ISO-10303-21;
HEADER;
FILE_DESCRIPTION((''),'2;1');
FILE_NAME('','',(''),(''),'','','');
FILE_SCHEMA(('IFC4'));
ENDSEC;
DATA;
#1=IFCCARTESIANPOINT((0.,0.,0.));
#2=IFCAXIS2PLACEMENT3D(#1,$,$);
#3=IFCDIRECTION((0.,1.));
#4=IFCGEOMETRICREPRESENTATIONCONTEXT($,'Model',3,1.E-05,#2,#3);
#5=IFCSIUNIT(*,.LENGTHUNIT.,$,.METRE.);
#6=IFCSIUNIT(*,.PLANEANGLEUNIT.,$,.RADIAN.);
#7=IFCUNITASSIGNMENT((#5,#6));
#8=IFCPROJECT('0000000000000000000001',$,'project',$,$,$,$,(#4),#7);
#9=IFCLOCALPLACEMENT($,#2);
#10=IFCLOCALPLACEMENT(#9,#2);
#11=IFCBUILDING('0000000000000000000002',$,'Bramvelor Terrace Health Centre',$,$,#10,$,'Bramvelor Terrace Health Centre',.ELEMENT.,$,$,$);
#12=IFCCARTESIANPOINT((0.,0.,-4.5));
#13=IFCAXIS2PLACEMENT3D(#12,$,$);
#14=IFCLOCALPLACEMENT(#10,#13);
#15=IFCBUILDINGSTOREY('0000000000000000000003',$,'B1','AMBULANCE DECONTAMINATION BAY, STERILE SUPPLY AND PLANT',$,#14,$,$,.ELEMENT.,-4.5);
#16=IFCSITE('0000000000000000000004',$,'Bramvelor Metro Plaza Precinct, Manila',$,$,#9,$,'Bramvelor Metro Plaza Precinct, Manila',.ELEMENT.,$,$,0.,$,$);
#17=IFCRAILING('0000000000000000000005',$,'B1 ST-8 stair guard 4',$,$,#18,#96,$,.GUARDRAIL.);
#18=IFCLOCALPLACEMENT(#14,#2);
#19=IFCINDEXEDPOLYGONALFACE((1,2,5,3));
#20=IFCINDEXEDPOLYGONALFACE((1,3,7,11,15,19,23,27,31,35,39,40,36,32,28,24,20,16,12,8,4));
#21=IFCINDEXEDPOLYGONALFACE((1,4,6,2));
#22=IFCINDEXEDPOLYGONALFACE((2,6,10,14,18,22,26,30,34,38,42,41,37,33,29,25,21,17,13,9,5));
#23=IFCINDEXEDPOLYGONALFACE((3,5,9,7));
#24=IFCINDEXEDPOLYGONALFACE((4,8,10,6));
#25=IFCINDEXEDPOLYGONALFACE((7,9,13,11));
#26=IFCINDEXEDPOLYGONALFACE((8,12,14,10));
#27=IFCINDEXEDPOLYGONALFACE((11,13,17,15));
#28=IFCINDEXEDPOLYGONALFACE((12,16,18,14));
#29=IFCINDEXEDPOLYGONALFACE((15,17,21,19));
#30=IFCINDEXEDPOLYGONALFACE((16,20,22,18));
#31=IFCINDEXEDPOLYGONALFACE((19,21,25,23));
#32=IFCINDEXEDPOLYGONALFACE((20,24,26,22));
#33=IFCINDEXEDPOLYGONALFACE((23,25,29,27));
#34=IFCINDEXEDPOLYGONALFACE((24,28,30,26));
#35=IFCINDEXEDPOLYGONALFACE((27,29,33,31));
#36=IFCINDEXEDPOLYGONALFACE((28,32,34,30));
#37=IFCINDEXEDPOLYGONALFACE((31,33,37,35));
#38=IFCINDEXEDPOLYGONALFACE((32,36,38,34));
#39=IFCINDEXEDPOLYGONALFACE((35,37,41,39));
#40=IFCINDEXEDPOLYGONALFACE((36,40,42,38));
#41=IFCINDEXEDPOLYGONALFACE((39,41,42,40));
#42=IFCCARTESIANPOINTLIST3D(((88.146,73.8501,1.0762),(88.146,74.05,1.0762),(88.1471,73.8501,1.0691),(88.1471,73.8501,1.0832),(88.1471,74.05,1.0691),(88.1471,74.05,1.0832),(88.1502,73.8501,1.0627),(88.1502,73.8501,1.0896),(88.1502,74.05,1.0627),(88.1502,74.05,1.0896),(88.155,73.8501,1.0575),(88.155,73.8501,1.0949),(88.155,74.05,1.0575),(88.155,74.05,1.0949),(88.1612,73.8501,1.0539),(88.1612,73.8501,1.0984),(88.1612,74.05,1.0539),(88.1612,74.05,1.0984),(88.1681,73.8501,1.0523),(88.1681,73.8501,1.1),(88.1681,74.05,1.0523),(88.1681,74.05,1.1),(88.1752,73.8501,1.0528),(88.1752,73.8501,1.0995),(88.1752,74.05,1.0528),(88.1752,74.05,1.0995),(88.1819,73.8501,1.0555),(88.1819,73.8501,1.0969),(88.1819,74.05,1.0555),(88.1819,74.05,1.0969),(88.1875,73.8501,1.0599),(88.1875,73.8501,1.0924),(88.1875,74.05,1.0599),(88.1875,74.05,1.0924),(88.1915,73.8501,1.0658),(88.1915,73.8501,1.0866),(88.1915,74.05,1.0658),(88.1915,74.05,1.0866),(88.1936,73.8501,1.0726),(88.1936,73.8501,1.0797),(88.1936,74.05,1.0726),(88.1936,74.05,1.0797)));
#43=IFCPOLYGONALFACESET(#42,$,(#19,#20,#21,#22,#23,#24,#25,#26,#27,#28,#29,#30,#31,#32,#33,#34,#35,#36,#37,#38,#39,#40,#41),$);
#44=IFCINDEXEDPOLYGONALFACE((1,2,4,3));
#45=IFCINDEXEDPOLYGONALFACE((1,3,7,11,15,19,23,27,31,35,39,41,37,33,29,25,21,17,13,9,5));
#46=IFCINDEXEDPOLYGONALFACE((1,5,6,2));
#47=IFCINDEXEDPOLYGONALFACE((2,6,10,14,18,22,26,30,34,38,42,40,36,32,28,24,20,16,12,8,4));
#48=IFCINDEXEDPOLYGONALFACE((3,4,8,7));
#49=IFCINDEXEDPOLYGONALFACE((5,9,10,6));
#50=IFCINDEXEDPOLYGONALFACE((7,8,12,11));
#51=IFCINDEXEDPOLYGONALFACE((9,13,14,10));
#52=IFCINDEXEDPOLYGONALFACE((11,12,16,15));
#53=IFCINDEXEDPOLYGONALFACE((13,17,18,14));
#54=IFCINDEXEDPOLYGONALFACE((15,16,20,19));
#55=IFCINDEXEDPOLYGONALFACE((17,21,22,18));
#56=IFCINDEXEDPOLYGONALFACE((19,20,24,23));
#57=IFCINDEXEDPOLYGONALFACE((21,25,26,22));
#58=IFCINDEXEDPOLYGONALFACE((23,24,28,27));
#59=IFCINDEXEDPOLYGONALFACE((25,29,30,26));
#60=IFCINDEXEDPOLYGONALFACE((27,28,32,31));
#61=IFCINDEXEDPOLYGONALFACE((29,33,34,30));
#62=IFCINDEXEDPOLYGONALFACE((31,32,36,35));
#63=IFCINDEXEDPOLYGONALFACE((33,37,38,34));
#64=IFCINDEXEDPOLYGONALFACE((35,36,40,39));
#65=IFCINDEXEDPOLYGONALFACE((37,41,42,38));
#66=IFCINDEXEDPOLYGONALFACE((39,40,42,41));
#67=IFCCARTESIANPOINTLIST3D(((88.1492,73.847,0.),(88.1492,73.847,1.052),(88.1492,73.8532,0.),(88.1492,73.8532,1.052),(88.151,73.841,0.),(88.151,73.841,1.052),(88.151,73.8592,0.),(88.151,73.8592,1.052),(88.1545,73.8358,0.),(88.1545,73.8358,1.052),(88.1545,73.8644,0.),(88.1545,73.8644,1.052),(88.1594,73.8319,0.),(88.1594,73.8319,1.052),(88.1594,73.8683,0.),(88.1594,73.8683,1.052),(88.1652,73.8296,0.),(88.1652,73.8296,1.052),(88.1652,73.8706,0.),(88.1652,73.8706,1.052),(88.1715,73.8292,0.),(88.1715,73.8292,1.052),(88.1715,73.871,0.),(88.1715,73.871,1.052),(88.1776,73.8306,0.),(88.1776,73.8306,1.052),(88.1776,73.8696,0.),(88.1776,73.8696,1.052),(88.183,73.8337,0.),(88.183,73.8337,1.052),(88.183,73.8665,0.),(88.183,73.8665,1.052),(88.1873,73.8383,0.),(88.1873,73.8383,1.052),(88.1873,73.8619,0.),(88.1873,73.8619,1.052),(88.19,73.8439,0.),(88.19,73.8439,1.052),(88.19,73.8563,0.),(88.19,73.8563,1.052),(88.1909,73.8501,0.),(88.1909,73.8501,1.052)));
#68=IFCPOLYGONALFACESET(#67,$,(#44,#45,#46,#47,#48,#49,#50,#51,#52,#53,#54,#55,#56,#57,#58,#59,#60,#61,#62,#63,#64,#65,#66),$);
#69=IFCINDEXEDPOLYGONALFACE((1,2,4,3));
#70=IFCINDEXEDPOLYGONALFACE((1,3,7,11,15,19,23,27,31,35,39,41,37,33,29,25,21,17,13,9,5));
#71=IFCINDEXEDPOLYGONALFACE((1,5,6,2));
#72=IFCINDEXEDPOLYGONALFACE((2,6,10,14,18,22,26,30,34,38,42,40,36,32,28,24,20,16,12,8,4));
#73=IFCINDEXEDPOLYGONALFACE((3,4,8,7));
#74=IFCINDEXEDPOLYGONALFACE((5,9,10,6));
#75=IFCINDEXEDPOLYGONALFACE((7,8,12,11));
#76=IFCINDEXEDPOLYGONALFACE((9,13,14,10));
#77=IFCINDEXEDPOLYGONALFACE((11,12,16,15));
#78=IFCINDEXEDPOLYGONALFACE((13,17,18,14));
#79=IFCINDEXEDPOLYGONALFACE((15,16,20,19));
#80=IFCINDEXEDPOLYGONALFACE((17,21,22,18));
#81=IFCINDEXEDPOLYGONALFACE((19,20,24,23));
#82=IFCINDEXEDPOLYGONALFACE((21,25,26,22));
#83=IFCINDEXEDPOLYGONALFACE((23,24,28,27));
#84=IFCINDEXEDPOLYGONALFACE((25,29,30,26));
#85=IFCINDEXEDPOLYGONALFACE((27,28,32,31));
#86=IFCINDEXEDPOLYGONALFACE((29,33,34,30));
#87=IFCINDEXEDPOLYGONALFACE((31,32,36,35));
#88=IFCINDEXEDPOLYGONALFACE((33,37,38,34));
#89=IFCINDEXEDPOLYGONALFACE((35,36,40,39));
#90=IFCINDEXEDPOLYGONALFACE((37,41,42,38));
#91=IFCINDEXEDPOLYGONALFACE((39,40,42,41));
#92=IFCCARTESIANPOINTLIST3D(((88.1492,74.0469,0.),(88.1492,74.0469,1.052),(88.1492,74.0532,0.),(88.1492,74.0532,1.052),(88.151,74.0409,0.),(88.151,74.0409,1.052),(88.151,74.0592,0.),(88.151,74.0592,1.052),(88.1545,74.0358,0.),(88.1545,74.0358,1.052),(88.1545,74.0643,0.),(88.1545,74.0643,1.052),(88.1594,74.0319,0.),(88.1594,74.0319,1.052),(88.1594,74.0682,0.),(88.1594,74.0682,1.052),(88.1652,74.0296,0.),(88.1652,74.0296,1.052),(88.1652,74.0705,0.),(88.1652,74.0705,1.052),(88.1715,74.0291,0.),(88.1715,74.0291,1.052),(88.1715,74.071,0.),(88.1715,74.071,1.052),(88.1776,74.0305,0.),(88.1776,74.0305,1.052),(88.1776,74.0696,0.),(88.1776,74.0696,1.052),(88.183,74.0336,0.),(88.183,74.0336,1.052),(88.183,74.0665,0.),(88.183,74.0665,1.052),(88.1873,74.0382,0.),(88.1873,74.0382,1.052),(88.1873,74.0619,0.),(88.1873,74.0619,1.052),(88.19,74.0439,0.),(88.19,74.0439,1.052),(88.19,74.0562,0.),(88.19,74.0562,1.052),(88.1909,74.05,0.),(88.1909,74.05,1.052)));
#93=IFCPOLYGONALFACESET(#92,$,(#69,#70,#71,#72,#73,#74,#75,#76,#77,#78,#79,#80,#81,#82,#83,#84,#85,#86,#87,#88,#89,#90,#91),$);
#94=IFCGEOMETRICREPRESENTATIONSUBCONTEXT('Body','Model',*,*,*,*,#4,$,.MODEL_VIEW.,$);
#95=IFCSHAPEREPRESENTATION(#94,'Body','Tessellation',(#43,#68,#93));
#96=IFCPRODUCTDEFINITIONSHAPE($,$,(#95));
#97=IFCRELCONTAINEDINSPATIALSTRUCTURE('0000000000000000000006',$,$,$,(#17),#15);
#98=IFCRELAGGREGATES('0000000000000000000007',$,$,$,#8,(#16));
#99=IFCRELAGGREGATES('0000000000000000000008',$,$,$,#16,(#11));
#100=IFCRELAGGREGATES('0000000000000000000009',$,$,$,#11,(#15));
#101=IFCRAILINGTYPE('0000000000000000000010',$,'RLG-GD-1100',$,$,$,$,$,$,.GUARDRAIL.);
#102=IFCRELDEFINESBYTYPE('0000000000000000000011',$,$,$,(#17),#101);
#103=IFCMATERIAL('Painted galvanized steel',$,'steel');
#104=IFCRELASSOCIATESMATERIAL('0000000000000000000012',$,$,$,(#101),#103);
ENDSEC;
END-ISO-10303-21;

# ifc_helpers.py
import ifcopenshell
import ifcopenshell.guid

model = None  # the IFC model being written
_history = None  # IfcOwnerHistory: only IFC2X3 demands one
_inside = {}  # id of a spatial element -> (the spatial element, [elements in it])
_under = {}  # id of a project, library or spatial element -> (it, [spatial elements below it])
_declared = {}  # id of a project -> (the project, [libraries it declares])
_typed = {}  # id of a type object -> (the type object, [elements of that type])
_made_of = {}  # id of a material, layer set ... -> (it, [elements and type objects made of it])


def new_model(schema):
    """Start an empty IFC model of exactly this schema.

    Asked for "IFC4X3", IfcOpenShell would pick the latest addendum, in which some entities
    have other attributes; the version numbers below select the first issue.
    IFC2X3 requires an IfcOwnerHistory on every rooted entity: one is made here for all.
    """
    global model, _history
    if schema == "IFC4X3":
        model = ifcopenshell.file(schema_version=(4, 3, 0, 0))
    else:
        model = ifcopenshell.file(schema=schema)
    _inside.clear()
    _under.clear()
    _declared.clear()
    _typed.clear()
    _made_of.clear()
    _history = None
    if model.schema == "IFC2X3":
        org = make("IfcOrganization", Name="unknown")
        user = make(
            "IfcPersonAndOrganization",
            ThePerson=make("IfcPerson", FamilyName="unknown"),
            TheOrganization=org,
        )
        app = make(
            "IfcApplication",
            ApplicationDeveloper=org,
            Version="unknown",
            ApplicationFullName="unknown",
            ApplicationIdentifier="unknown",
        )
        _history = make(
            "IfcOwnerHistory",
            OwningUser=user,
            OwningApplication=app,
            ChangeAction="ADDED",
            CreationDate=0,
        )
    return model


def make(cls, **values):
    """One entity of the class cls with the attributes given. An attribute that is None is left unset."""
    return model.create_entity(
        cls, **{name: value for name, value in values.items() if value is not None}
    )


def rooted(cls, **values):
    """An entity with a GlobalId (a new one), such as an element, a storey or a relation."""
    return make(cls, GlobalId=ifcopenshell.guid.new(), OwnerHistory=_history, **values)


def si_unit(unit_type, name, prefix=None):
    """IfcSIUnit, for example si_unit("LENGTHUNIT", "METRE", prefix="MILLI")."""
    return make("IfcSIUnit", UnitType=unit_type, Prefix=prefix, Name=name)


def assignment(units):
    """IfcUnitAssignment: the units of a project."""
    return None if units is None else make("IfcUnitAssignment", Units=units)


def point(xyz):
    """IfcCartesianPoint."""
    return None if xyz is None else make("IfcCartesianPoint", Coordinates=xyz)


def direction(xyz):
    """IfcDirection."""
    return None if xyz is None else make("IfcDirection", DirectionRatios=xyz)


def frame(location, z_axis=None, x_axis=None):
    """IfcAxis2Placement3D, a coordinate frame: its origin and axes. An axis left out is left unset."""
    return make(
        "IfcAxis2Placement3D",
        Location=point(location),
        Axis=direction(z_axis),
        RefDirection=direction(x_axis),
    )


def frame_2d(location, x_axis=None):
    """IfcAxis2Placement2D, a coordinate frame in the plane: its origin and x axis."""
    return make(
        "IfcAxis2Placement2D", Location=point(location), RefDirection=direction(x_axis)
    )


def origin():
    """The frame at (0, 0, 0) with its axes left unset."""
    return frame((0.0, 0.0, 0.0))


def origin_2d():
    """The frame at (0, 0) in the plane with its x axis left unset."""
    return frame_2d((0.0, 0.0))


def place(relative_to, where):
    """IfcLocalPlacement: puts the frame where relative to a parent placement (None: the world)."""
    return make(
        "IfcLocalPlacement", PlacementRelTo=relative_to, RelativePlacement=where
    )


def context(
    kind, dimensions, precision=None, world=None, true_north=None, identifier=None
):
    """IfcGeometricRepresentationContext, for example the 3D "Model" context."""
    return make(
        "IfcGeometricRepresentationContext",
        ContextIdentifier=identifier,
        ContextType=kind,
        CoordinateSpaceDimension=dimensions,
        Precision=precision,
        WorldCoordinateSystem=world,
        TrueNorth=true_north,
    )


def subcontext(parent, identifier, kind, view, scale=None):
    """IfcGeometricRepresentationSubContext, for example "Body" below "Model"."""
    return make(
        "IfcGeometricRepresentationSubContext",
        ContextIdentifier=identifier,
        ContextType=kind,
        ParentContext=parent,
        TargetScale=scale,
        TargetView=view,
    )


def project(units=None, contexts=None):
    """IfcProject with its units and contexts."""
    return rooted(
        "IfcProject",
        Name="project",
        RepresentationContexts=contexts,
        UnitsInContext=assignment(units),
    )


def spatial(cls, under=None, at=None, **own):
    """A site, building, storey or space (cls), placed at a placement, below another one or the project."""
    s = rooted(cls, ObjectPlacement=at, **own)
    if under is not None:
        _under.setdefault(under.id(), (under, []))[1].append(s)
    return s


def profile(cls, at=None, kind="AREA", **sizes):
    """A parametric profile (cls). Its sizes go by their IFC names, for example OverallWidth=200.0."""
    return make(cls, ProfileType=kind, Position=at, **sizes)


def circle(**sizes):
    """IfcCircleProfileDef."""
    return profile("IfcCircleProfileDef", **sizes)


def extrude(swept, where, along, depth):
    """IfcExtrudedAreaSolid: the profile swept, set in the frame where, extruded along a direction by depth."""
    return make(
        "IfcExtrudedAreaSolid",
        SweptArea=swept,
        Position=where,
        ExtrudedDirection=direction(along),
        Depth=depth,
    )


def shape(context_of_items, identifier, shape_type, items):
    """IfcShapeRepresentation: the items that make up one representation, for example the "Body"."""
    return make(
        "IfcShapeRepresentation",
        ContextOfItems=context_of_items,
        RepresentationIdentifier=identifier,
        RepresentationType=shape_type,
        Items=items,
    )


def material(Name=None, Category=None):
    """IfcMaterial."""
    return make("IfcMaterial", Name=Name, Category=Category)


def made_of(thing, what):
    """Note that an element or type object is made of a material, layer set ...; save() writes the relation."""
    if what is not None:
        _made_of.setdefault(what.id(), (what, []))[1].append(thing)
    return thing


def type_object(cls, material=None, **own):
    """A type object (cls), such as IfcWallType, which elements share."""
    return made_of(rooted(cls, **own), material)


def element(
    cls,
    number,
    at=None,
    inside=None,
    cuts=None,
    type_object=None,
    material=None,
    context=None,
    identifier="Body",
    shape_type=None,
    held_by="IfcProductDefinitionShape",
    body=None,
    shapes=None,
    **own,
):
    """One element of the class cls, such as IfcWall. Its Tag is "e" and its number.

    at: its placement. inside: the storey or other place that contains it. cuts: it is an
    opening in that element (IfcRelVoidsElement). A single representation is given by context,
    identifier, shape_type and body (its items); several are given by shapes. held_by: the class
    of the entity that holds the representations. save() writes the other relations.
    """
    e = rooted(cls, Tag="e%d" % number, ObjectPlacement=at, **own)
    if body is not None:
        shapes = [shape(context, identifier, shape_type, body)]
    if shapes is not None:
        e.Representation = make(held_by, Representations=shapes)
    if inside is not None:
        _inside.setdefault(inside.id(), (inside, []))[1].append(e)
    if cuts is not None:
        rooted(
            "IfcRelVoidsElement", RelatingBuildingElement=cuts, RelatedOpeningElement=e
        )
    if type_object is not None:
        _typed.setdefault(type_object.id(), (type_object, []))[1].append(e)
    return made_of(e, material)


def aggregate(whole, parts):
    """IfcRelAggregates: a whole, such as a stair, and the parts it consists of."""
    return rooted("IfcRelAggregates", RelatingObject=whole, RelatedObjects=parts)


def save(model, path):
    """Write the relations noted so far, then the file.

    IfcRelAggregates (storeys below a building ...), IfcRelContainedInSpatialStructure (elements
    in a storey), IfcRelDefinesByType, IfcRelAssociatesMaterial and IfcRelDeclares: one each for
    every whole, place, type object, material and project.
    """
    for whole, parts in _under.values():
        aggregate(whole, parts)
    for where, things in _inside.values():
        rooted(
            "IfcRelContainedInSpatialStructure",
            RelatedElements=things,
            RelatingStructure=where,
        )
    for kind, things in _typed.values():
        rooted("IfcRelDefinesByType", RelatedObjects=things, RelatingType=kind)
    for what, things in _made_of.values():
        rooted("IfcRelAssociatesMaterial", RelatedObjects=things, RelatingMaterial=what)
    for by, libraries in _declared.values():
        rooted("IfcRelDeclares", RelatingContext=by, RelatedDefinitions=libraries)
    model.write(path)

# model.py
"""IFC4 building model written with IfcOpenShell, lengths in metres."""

from ifc_helpers import new_model, si_unit, direction, frame, origin, origin_2d, place, context, subcontext, project, spatial, circle, extrude, material, type_object, element, save


model = new_model("IFC4")

# Units and contexts
model_context = context("Model", 3, precision=1e-05, world=origin(), true_north=direction((0.0, 1.0)))
body_context = subcontext(model_context, "Body", "Model", "MODEL_VIEW")
ifc_project = project(units=[si_unit("LENGTHUNIT", "METRE"), si_unit("PLANEANGLEUNIT", "RADIAN")], contexts=[model_context])

# Site, building, storey
site_placement = place(None, origin())
site = spatial("IfcSite", under=ifc_project, at=site_placement, Name="Bramvelor Metro Plaza Precinct, Manila", LongName="Bramvelor Metro Plaza Precinct, Manila", CompositionType="ELEMENT", RefElevation=0.0)
building_placement = place(site_placement, origin())
building = spatial("IfcBuilding", under=site, at=building_placement, Name="Bramvelor Terrace Health Centre", LongName="Bramvelor Terrace Health Centre", CompositionType="ELEMENT")
storey_placement = place(building_placement, frame((0.0, 0.0, -4.5)))
storey = spatial("IfcBuildingStorey", under=building, at=storey_placement, Name="B1", Description="AMBULANCE DECONTAMINATION BAY, STERILE SUPPLY AND PLANT", CompositionType="ELEMENT", Elevation=-4.5)

# Railing
ifc_material_1 = material(Name="Painted galvanized steel", Category="steel")
railing_type_1 = type_object("IfcRailingType", Name="RLG-GD-1100", PredefinedType="GUARDRAIL", material=ifc_material_1)
railing_1_placement = place(storey_placement, frame((88.1699, 73.8501, 0.0)))
element("IfcRailing", 1, at=railing_1_placement, inside=storey, type_object=railing_type_1, Name="B1 ST-8 stair guard 4", PredefinedType="GUARDRAIL", context=body_context, shape_type="SweptSolid", body=[
    extrude(circle(Radius=0.0239, at=origin_2d()), frame((0.0, 0.0, 1.0762), z_axis=(0.0, 1.0, 0.0), x_axis=(-1.0, 0.0, 0.0)), (0.0, 0.0, 1.0), 0.2),
    extrude(circle(Radius=0.021, at=origin_2d()), origin(), (0.0, 0.0, 1.0), 1.052),
    extrude(circle(Radius=0.021, at=origin_2d()), frame((0.0, 0.2, 0.0)), (0.0, 0.0, 1.0), 1.052),
])

save(model, "model.ifc")
